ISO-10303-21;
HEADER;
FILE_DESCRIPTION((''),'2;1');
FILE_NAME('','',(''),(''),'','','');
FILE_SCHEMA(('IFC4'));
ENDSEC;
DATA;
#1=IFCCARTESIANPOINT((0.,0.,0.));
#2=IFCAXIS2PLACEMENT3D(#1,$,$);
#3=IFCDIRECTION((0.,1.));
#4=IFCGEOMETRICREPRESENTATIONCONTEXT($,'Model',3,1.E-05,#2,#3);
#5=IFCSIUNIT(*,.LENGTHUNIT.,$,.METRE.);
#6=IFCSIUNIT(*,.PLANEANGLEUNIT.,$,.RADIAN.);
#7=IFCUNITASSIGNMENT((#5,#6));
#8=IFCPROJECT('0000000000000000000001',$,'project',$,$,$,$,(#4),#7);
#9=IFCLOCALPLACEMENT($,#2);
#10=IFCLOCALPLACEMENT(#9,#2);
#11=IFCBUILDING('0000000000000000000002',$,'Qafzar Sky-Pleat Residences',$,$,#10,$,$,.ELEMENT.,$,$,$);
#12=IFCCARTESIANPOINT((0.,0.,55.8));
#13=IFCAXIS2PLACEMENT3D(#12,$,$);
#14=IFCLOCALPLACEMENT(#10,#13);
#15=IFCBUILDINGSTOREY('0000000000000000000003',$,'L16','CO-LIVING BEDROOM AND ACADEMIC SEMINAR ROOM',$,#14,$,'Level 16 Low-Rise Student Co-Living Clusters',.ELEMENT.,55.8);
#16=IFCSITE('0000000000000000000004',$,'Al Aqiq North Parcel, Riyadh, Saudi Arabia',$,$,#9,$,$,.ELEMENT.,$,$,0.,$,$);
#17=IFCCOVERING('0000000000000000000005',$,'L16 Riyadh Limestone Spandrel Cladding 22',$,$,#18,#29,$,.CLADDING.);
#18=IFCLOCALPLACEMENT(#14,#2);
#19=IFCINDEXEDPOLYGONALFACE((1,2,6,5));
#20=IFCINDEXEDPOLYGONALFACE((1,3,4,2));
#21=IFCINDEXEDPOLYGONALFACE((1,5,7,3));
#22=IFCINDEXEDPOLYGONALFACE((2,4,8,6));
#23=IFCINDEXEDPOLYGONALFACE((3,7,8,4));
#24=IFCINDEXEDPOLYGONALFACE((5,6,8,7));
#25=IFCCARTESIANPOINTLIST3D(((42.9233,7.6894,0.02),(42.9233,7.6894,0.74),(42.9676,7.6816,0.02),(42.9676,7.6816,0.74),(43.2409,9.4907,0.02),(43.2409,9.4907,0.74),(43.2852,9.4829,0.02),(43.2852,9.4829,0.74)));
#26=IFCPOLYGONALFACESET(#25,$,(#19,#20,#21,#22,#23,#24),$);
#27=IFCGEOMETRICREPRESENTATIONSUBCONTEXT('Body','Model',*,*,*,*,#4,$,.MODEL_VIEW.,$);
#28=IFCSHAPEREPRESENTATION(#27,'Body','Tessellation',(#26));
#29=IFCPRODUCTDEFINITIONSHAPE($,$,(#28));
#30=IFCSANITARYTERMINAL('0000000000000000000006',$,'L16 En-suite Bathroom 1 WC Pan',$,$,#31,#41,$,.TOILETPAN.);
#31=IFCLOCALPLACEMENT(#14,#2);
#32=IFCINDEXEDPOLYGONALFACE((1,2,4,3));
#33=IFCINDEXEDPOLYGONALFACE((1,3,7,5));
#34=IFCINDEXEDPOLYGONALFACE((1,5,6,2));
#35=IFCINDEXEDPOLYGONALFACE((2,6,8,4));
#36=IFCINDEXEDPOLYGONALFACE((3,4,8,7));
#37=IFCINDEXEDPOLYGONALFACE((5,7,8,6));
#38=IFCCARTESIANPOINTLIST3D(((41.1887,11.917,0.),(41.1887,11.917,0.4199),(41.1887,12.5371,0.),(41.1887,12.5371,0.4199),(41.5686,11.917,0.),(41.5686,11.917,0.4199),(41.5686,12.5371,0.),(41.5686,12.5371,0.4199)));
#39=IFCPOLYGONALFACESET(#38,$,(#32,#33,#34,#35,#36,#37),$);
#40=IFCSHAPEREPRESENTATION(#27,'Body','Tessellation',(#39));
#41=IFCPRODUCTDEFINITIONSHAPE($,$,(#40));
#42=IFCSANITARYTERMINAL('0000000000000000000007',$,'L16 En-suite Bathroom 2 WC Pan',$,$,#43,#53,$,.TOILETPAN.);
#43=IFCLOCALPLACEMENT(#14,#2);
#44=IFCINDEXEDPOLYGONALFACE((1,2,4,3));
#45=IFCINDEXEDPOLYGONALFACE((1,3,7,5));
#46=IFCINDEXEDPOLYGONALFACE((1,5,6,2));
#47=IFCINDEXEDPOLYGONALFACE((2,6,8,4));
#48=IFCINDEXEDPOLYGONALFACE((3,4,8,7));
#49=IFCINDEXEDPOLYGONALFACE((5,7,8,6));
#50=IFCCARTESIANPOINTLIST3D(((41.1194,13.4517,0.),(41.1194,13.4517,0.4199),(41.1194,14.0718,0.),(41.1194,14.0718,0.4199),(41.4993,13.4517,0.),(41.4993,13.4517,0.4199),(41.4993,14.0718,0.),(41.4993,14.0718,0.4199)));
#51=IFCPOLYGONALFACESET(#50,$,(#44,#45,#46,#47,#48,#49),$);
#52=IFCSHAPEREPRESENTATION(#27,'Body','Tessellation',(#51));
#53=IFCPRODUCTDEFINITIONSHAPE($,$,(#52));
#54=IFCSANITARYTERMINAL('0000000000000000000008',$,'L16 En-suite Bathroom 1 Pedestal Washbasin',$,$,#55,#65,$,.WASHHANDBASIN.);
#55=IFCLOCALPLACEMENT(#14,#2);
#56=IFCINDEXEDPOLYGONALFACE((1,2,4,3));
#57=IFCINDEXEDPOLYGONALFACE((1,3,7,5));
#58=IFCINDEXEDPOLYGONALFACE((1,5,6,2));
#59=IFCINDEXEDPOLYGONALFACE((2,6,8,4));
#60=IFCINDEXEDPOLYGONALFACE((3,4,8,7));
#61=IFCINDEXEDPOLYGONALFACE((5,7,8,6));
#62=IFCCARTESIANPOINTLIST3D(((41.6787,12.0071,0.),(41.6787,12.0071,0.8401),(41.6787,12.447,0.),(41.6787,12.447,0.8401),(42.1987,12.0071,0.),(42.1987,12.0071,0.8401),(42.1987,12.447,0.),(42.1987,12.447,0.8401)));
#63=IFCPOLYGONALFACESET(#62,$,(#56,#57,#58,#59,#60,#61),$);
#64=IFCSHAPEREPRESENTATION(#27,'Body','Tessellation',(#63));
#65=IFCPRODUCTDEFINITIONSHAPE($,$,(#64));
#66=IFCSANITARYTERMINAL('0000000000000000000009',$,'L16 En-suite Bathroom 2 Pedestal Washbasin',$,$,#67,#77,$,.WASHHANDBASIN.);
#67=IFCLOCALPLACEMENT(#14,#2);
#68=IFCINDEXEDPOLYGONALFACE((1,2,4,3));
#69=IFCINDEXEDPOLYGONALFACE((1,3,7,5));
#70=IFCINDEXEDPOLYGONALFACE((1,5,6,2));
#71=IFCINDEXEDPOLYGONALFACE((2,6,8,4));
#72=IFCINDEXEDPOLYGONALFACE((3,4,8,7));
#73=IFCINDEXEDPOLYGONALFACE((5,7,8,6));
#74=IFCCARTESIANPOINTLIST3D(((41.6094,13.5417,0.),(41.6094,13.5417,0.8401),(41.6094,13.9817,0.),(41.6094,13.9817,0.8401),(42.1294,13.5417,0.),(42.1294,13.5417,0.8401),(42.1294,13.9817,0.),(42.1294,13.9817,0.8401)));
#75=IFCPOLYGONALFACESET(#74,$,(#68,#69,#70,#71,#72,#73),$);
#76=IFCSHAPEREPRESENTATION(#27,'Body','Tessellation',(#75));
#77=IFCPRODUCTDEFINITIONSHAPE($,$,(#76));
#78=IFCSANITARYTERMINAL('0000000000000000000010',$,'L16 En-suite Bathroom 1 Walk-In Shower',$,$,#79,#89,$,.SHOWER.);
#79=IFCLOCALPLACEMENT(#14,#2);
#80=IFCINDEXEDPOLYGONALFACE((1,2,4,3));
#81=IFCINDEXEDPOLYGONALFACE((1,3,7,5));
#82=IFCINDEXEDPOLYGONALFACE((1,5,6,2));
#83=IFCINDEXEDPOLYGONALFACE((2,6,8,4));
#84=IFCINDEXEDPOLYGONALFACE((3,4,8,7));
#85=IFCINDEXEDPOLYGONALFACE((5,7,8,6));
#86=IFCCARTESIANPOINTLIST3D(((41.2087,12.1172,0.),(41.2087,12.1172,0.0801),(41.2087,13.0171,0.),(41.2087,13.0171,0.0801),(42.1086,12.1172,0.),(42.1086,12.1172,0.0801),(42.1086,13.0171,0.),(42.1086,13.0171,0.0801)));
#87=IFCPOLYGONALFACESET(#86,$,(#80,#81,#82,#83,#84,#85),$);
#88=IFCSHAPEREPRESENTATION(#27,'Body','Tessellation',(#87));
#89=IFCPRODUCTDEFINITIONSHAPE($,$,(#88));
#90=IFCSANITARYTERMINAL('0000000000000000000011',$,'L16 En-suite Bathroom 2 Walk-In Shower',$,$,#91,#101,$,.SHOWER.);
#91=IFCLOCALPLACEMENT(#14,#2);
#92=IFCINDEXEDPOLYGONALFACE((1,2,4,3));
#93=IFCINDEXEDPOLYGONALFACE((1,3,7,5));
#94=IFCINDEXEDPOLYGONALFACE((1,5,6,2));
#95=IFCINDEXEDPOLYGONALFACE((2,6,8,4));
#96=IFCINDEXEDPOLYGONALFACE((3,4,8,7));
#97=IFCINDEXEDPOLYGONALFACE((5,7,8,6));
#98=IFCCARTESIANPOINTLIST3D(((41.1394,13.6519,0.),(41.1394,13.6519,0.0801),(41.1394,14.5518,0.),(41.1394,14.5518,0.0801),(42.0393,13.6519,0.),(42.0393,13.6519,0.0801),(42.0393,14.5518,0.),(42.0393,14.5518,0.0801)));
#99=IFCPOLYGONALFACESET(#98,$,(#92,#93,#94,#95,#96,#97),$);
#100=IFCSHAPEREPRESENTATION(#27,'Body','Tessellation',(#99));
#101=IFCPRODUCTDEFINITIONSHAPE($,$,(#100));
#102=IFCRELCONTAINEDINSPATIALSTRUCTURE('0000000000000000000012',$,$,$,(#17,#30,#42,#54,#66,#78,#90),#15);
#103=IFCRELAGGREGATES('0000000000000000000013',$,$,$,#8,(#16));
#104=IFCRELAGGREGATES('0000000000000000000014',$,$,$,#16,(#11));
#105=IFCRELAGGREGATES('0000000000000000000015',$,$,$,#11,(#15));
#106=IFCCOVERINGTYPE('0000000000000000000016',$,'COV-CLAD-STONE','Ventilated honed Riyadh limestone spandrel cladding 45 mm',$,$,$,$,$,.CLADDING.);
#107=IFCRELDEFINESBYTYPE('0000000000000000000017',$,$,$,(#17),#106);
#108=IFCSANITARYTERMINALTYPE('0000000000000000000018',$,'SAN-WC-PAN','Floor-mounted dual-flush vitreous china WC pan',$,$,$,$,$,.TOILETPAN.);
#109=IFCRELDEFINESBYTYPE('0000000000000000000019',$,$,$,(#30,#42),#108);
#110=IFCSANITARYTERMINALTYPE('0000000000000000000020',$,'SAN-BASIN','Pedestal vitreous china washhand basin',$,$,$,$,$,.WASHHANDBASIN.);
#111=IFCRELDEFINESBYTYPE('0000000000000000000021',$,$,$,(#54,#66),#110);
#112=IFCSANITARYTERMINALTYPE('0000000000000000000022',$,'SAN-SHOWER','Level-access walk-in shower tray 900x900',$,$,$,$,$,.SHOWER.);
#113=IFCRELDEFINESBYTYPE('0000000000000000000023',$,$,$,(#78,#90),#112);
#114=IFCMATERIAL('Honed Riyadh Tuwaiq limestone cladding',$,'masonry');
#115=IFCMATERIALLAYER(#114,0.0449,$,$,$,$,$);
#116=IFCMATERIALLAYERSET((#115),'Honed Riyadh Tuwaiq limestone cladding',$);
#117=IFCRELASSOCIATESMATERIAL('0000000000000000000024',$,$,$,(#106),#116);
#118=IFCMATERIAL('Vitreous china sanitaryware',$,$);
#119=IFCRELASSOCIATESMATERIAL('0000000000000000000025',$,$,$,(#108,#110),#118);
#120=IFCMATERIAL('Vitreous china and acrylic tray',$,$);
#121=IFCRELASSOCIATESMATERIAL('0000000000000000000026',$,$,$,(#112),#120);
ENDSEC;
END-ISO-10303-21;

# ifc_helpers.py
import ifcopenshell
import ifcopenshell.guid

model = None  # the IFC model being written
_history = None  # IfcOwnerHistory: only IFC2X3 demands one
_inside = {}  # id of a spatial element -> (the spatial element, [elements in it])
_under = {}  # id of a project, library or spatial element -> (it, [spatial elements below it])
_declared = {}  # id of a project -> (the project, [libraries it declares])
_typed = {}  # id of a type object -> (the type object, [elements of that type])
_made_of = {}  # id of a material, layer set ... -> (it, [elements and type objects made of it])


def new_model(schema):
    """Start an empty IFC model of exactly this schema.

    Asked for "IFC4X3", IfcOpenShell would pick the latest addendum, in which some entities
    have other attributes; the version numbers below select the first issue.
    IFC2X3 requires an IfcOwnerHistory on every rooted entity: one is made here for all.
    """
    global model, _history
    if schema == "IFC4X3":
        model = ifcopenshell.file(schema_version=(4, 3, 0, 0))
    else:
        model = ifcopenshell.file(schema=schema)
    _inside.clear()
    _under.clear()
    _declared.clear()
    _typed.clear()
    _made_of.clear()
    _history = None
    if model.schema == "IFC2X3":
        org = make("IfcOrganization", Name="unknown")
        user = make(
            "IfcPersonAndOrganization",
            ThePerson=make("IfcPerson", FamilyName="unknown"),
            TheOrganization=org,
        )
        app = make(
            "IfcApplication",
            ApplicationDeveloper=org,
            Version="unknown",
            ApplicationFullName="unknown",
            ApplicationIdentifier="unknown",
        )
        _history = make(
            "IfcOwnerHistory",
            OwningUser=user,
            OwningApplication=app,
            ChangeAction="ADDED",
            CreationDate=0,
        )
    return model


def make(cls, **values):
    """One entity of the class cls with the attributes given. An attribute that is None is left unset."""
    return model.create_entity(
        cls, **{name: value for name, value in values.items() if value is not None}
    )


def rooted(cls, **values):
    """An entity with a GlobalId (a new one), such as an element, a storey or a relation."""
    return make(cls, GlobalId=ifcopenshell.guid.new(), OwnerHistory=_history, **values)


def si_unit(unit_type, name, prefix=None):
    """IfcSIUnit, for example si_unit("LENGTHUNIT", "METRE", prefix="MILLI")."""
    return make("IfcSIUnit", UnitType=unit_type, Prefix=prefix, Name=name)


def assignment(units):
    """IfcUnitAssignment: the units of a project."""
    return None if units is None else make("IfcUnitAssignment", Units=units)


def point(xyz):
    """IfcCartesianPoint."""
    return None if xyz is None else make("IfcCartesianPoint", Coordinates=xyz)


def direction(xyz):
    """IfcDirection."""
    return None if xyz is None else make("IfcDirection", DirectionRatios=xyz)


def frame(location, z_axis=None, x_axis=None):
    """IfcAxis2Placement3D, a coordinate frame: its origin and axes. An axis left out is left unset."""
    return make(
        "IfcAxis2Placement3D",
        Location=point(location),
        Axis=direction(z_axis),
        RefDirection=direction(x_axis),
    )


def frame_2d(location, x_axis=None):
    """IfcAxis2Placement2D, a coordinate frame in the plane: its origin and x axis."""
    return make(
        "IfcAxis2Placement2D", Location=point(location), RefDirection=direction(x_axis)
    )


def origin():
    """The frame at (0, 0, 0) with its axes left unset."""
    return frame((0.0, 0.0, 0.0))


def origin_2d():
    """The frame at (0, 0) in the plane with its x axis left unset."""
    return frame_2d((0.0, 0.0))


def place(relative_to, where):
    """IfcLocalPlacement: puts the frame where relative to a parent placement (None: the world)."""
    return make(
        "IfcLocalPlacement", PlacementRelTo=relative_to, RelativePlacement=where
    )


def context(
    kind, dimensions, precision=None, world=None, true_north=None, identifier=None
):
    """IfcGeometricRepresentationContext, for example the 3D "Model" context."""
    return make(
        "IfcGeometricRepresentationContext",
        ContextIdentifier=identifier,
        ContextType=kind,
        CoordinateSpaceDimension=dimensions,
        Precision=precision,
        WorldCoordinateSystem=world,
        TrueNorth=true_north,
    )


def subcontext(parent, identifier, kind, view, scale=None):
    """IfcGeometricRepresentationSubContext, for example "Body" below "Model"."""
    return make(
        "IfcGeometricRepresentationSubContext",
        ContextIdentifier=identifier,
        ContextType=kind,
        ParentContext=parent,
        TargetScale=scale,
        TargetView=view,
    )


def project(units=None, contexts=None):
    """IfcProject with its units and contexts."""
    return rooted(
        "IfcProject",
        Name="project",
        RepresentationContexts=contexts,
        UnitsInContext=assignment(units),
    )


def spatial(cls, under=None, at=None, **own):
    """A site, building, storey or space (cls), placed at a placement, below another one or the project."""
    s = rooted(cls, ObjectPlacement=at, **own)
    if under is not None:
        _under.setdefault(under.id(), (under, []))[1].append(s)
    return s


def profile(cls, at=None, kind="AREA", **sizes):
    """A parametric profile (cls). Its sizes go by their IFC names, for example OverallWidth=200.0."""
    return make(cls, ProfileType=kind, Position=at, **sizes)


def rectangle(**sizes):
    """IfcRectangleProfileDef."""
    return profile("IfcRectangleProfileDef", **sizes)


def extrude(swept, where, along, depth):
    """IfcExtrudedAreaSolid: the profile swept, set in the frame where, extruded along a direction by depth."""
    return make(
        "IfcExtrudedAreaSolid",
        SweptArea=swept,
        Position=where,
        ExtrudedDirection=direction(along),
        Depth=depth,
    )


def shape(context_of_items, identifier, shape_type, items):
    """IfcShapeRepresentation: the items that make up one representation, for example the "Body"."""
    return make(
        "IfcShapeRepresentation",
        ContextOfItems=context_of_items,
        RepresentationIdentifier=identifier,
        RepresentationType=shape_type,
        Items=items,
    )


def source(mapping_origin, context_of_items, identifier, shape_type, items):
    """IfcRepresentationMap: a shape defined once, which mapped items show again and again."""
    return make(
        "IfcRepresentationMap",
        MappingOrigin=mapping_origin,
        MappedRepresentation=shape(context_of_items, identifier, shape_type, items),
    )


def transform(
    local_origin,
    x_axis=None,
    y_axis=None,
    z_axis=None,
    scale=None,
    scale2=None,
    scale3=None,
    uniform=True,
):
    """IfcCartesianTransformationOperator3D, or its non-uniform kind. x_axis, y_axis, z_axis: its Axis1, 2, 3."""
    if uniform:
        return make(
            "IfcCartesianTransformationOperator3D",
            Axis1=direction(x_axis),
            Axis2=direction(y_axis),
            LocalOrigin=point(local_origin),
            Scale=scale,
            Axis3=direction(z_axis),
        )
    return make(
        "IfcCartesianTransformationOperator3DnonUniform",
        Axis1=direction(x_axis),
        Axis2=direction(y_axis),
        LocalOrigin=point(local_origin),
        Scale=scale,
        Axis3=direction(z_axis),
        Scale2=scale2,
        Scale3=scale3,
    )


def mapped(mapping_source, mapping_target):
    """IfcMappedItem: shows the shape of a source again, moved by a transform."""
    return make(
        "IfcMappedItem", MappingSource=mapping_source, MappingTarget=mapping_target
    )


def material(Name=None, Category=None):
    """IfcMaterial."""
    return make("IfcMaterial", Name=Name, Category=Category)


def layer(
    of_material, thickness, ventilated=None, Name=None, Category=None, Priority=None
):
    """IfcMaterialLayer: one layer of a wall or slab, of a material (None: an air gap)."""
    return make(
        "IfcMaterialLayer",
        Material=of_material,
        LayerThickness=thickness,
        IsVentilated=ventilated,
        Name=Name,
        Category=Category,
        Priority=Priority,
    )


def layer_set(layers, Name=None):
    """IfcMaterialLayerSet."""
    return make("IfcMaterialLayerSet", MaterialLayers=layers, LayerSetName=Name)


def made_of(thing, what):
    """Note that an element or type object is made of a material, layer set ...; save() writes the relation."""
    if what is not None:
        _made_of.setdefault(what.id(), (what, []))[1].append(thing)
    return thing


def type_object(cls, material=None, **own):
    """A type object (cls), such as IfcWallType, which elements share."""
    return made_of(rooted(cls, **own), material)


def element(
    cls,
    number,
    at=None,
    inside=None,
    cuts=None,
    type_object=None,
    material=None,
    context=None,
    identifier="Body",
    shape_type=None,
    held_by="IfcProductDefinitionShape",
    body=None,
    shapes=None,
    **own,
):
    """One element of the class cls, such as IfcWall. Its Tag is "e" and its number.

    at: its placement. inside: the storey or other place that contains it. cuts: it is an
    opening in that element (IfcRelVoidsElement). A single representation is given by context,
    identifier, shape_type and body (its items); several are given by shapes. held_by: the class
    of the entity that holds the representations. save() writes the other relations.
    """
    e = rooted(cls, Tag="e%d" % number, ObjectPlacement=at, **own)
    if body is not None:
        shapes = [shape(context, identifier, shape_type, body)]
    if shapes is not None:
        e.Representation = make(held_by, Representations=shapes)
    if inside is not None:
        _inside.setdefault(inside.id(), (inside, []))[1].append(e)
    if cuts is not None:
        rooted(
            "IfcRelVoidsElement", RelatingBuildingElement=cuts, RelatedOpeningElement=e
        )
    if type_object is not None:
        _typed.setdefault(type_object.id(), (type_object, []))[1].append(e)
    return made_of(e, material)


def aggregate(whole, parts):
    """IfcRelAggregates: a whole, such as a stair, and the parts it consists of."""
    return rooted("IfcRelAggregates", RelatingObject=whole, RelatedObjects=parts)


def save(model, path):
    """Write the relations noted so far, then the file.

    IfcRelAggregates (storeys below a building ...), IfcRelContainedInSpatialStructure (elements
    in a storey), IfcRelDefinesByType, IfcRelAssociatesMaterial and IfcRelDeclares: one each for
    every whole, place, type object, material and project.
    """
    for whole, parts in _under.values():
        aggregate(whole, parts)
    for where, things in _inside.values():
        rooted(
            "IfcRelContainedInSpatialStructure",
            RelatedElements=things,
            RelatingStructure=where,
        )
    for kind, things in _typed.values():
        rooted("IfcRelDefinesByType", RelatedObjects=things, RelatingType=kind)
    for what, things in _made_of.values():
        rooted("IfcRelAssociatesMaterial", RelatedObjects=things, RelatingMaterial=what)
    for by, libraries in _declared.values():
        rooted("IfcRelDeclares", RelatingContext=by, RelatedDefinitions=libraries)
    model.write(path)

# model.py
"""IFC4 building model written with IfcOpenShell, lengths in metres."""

from ifc_helpers import new_model, si_unit, direction, frame, origin, origin_2d, place, context, subcontext, project, spatial, rectangle, extrude, source, transform, mapped, material, layer, layer_set, type_object, element, save


model = new_model("IFC4")

# Units and contexts
model_context = context("Model", 3, precision=1e-05, world=origin(), true_north=direction((0.0, 1.0)))
body_context = subcontext(model_context, "Body", "Model", "MODEL_VIEW")
ifc_project = project(units=[si_unit("LENGTHUNIT", "METRE"), si_unit("PLANEANGLEUNIT", "RADIAN")], contexts=[model_context])

# Site, building, storey
site_placement = place(None, origin())
site = spatial("IfcSite", under=ifc_project, at=site_placement, Name="Al Aqiq North Parcel, Riyadh, Saudi Arabia", CompositionType="ELEMENT", RefElevation=0.0)
building_placement = place(site_placement, origin())
building = spatial("IfcBuilding", under=site, at=building_placement, Name="Qafzar Sky-Pleat Residences", CompositionType="ELEMENT")
storey_placement = place(building_placement, frame((0.0, 0.0, 55.8)))
storey = spatial("IfcBuildingStorey", under=building, at=storey_placement, Name="L16", Description="CO-LIVING BEDROOM AND ACADEMIC SEMINAR ROOM", LongName="Level 16 Low-Rise Student Co-Living Clusters", CompositionType="ELEMENT", Elevation=55.8)

# Covering
ifc_material_1 = material(Name="Honed Riyadh Tuwaiq limestone cladding", Category="masonry")
ifc_layer_1 = layer(ifc_material_1, 0.0449)
ifc_layer_set_1 = layer_set([ifc_layer_1], Name="Honed Riyadh Tuwaiq limestone cladding")
covering_type = type_object("IfcCoveringType", Name="COV-CLAD-STONE", Description="Ventilated honed Riyadh limestone spandrel cladding 45 mm", PredefinedType="CLADDING", material=ifc_layer_set_1)
shared_shape_1 = source(origin(), body_context, "Body", "SweptSolid", [
    extrude(rectangle(XDim=1.8291, YDim=0.0449, at=origin_2d()), origin(), (0.0, 0.0, 1.0), 0.72),
])
covering_placement = place(storey_placement, frame((43.1042, 8.5862, 0.02), z_axis=(0.0, 0.0, 1.0), x_axis=(0.173648, 0.984808, 0.0)))
element("IfcCovering", 1, at=covering_placement, inside=storey, type_object=covering_type, Name="L16 Riyadh Limestone Spandrel Cladding 22", PredefinedType="CLADDING", context=body_context, shape_type="MappedRepresentation", body=[
    mapped(shared_shape_1, transform((0.0, 0.0, 0.0), x_axis=(1.0, 0.0, 0.0), y_axis=(0.0, 1.0, 0.0), z_axis=(0.0, 0.0, 1.0), scale=1.0)),
])

# Sanitary terminals
ifc_material_2 = material(Name="Vitreous china sanitaryware")
sanitary_terminal_type_1 = type_object("IfcSanitaryTerminalType", Name="SAN-WC-PAN", Description="Floor-mounted dual-flush vitreous china WC pan", PredefinedType="TOILETPAN", material=ifc_material_2)
shared_shape_2 = source(origin(), body_context, "Body", "SweptSolid", [
    extrude(rectangle(XDim=0.3799, YDim=0.6201, at=origin_2d()), origin(), (0.0, 0.0, 1.0), 0.4199),
])
for number, where, z_axis, x_axis, name in (
    (2, (41.3787, 12.2271, 0.0), (0.0, 0.0, 1.0), (1.0, 0.0, 0.0), "L16 En-suite Bathroom 1 WC Pan"),
    (3, (41.3093, 13.7617, 0.0), (0.0, 0.0, 1.0), (1.0, 0.0, 0.0), "L16 En-suite Bathroom 2 WC Pan"),
):
    element("IfcSanitaryTerminal", number, at=place(storey_placement, frame(where, z_axis=z_axis, x_axis=x_axis)), inside=storey, type_object=sanitary_terminal_type_1, Name=name, PredefinedType="TOILETPAN", context=body_context, shape_type="MappedRepresentation", body=[
        mapped(shared_shape_2, transform((0.0, 0.0, 0.0), x_axis=(1.0, 0.0, 0.0), y_axis=(0.0, 1.0, 0.0), z_axis=(0.0, 0.0, 1.0), scale=1.0)),
    ])
sanitary_terminal_type_2 = type_object("IfcSanitaryTerminalType", Name="SAN-BASIN", Description="Pedestal vitreous china washhand basin", PredefinedType="WASHHANDBASIN", material=ifc_material_2)
shared_shape_3 = source(origin(), body_context, "Body", "SweptSolid", [
    extrude(rectangle(XDim=0.52, YDim=0.4399, at=origin_2d()), origin(), (0.0, 0.0, 1.0), 0.8401),
])
for number, where, z_axis, x_axis, name in (
    (4, (41.9387, 12.2271, 0.0), (0.0, 0.0, 1.0), (1.0, 0.0, 0.0), "L16 En-suite Bathroom 1 Pedestal Washbasin"),
    (5, (41.8694, 13.7617, 0.0), (0.0, 0.0, 1.0), (1.0, 0.0, 0.0), "L16 En-suite Bathroom 2 Pedestal Washbasin"),
):
    element("IfcSanitaryTerminal", number, at=place(storey_placement, frame(where, z_axis=z_axis, x_axis=x_axis)), inside=storey, type_object=sanitary_terminal_type_2, Name=name, PredefinedType="WASHHANDBASIN", context=body_context, shape_type="MappedRepresentation", body=[
        mapped(shared_shape_3, transform((0.0, 0.0, 0.0), x_axis=(1.0, 0.0, 0.0), y_axis=(0.0, 1.0, 0.0), z_axis=(0.0, 0.0, 1.0), scale=1.0)),
    ])
ifc_material_3 = material(Name="Vitreous china and acrylic tray")
sanitary_terminal_type_3 = type_object("IfcSanitaryTerminalType", Name="SAN-SHOWER", Description="Level-access walk-in shower tray 900x900", PredefinedType="SHOWER", material=ifc_material_3)
shared_shape_4 = source(origin(), body_context, "Body", "SweptSolid", [
    extrude(rectangle(XDim=0.8999, YDim=0.8999, at=origin_2d()), origin(), (0.0, 0.0, 1.0), 0.0801),
])
for number, where, z_axis, x_axis, name in (
    (6, (41.6587, 12.5671, 0.0), (0.0, 0.0, 1.0), (1.0, 0.0, 0.0), "L16 En-suite Bathroom 1 Walk-In Shower"),
    (7, (41.5894, 14.1018, 0.0), (0.0, 0.0, 1.0), (1.0, 0.0, 0.0), "L16 En-suite Bathroom 2 Walk-In Shower"),
):
    element("IfcSanitaryTerminal", number, at=place(storey_placement, frame(where, z_axis=z_axis, x_axis=x_axis)), inside=storey, type_object=sanitary_terminal_type_3, Name=name, PredefinedType="SHOWER", context=body_context, shape_type="MappedRepresentation", body=[
        mapped(shared_shape_4, transform((0.0, 0.0, 0.0), x_axis=(1.0, 0.0, 0.0), y_axis=(0.0, 1.0, 0.0), z_axis=(0.0, 0.0, 1.0), scale=1.0)),
    ])

save(model, "model.ifc")
